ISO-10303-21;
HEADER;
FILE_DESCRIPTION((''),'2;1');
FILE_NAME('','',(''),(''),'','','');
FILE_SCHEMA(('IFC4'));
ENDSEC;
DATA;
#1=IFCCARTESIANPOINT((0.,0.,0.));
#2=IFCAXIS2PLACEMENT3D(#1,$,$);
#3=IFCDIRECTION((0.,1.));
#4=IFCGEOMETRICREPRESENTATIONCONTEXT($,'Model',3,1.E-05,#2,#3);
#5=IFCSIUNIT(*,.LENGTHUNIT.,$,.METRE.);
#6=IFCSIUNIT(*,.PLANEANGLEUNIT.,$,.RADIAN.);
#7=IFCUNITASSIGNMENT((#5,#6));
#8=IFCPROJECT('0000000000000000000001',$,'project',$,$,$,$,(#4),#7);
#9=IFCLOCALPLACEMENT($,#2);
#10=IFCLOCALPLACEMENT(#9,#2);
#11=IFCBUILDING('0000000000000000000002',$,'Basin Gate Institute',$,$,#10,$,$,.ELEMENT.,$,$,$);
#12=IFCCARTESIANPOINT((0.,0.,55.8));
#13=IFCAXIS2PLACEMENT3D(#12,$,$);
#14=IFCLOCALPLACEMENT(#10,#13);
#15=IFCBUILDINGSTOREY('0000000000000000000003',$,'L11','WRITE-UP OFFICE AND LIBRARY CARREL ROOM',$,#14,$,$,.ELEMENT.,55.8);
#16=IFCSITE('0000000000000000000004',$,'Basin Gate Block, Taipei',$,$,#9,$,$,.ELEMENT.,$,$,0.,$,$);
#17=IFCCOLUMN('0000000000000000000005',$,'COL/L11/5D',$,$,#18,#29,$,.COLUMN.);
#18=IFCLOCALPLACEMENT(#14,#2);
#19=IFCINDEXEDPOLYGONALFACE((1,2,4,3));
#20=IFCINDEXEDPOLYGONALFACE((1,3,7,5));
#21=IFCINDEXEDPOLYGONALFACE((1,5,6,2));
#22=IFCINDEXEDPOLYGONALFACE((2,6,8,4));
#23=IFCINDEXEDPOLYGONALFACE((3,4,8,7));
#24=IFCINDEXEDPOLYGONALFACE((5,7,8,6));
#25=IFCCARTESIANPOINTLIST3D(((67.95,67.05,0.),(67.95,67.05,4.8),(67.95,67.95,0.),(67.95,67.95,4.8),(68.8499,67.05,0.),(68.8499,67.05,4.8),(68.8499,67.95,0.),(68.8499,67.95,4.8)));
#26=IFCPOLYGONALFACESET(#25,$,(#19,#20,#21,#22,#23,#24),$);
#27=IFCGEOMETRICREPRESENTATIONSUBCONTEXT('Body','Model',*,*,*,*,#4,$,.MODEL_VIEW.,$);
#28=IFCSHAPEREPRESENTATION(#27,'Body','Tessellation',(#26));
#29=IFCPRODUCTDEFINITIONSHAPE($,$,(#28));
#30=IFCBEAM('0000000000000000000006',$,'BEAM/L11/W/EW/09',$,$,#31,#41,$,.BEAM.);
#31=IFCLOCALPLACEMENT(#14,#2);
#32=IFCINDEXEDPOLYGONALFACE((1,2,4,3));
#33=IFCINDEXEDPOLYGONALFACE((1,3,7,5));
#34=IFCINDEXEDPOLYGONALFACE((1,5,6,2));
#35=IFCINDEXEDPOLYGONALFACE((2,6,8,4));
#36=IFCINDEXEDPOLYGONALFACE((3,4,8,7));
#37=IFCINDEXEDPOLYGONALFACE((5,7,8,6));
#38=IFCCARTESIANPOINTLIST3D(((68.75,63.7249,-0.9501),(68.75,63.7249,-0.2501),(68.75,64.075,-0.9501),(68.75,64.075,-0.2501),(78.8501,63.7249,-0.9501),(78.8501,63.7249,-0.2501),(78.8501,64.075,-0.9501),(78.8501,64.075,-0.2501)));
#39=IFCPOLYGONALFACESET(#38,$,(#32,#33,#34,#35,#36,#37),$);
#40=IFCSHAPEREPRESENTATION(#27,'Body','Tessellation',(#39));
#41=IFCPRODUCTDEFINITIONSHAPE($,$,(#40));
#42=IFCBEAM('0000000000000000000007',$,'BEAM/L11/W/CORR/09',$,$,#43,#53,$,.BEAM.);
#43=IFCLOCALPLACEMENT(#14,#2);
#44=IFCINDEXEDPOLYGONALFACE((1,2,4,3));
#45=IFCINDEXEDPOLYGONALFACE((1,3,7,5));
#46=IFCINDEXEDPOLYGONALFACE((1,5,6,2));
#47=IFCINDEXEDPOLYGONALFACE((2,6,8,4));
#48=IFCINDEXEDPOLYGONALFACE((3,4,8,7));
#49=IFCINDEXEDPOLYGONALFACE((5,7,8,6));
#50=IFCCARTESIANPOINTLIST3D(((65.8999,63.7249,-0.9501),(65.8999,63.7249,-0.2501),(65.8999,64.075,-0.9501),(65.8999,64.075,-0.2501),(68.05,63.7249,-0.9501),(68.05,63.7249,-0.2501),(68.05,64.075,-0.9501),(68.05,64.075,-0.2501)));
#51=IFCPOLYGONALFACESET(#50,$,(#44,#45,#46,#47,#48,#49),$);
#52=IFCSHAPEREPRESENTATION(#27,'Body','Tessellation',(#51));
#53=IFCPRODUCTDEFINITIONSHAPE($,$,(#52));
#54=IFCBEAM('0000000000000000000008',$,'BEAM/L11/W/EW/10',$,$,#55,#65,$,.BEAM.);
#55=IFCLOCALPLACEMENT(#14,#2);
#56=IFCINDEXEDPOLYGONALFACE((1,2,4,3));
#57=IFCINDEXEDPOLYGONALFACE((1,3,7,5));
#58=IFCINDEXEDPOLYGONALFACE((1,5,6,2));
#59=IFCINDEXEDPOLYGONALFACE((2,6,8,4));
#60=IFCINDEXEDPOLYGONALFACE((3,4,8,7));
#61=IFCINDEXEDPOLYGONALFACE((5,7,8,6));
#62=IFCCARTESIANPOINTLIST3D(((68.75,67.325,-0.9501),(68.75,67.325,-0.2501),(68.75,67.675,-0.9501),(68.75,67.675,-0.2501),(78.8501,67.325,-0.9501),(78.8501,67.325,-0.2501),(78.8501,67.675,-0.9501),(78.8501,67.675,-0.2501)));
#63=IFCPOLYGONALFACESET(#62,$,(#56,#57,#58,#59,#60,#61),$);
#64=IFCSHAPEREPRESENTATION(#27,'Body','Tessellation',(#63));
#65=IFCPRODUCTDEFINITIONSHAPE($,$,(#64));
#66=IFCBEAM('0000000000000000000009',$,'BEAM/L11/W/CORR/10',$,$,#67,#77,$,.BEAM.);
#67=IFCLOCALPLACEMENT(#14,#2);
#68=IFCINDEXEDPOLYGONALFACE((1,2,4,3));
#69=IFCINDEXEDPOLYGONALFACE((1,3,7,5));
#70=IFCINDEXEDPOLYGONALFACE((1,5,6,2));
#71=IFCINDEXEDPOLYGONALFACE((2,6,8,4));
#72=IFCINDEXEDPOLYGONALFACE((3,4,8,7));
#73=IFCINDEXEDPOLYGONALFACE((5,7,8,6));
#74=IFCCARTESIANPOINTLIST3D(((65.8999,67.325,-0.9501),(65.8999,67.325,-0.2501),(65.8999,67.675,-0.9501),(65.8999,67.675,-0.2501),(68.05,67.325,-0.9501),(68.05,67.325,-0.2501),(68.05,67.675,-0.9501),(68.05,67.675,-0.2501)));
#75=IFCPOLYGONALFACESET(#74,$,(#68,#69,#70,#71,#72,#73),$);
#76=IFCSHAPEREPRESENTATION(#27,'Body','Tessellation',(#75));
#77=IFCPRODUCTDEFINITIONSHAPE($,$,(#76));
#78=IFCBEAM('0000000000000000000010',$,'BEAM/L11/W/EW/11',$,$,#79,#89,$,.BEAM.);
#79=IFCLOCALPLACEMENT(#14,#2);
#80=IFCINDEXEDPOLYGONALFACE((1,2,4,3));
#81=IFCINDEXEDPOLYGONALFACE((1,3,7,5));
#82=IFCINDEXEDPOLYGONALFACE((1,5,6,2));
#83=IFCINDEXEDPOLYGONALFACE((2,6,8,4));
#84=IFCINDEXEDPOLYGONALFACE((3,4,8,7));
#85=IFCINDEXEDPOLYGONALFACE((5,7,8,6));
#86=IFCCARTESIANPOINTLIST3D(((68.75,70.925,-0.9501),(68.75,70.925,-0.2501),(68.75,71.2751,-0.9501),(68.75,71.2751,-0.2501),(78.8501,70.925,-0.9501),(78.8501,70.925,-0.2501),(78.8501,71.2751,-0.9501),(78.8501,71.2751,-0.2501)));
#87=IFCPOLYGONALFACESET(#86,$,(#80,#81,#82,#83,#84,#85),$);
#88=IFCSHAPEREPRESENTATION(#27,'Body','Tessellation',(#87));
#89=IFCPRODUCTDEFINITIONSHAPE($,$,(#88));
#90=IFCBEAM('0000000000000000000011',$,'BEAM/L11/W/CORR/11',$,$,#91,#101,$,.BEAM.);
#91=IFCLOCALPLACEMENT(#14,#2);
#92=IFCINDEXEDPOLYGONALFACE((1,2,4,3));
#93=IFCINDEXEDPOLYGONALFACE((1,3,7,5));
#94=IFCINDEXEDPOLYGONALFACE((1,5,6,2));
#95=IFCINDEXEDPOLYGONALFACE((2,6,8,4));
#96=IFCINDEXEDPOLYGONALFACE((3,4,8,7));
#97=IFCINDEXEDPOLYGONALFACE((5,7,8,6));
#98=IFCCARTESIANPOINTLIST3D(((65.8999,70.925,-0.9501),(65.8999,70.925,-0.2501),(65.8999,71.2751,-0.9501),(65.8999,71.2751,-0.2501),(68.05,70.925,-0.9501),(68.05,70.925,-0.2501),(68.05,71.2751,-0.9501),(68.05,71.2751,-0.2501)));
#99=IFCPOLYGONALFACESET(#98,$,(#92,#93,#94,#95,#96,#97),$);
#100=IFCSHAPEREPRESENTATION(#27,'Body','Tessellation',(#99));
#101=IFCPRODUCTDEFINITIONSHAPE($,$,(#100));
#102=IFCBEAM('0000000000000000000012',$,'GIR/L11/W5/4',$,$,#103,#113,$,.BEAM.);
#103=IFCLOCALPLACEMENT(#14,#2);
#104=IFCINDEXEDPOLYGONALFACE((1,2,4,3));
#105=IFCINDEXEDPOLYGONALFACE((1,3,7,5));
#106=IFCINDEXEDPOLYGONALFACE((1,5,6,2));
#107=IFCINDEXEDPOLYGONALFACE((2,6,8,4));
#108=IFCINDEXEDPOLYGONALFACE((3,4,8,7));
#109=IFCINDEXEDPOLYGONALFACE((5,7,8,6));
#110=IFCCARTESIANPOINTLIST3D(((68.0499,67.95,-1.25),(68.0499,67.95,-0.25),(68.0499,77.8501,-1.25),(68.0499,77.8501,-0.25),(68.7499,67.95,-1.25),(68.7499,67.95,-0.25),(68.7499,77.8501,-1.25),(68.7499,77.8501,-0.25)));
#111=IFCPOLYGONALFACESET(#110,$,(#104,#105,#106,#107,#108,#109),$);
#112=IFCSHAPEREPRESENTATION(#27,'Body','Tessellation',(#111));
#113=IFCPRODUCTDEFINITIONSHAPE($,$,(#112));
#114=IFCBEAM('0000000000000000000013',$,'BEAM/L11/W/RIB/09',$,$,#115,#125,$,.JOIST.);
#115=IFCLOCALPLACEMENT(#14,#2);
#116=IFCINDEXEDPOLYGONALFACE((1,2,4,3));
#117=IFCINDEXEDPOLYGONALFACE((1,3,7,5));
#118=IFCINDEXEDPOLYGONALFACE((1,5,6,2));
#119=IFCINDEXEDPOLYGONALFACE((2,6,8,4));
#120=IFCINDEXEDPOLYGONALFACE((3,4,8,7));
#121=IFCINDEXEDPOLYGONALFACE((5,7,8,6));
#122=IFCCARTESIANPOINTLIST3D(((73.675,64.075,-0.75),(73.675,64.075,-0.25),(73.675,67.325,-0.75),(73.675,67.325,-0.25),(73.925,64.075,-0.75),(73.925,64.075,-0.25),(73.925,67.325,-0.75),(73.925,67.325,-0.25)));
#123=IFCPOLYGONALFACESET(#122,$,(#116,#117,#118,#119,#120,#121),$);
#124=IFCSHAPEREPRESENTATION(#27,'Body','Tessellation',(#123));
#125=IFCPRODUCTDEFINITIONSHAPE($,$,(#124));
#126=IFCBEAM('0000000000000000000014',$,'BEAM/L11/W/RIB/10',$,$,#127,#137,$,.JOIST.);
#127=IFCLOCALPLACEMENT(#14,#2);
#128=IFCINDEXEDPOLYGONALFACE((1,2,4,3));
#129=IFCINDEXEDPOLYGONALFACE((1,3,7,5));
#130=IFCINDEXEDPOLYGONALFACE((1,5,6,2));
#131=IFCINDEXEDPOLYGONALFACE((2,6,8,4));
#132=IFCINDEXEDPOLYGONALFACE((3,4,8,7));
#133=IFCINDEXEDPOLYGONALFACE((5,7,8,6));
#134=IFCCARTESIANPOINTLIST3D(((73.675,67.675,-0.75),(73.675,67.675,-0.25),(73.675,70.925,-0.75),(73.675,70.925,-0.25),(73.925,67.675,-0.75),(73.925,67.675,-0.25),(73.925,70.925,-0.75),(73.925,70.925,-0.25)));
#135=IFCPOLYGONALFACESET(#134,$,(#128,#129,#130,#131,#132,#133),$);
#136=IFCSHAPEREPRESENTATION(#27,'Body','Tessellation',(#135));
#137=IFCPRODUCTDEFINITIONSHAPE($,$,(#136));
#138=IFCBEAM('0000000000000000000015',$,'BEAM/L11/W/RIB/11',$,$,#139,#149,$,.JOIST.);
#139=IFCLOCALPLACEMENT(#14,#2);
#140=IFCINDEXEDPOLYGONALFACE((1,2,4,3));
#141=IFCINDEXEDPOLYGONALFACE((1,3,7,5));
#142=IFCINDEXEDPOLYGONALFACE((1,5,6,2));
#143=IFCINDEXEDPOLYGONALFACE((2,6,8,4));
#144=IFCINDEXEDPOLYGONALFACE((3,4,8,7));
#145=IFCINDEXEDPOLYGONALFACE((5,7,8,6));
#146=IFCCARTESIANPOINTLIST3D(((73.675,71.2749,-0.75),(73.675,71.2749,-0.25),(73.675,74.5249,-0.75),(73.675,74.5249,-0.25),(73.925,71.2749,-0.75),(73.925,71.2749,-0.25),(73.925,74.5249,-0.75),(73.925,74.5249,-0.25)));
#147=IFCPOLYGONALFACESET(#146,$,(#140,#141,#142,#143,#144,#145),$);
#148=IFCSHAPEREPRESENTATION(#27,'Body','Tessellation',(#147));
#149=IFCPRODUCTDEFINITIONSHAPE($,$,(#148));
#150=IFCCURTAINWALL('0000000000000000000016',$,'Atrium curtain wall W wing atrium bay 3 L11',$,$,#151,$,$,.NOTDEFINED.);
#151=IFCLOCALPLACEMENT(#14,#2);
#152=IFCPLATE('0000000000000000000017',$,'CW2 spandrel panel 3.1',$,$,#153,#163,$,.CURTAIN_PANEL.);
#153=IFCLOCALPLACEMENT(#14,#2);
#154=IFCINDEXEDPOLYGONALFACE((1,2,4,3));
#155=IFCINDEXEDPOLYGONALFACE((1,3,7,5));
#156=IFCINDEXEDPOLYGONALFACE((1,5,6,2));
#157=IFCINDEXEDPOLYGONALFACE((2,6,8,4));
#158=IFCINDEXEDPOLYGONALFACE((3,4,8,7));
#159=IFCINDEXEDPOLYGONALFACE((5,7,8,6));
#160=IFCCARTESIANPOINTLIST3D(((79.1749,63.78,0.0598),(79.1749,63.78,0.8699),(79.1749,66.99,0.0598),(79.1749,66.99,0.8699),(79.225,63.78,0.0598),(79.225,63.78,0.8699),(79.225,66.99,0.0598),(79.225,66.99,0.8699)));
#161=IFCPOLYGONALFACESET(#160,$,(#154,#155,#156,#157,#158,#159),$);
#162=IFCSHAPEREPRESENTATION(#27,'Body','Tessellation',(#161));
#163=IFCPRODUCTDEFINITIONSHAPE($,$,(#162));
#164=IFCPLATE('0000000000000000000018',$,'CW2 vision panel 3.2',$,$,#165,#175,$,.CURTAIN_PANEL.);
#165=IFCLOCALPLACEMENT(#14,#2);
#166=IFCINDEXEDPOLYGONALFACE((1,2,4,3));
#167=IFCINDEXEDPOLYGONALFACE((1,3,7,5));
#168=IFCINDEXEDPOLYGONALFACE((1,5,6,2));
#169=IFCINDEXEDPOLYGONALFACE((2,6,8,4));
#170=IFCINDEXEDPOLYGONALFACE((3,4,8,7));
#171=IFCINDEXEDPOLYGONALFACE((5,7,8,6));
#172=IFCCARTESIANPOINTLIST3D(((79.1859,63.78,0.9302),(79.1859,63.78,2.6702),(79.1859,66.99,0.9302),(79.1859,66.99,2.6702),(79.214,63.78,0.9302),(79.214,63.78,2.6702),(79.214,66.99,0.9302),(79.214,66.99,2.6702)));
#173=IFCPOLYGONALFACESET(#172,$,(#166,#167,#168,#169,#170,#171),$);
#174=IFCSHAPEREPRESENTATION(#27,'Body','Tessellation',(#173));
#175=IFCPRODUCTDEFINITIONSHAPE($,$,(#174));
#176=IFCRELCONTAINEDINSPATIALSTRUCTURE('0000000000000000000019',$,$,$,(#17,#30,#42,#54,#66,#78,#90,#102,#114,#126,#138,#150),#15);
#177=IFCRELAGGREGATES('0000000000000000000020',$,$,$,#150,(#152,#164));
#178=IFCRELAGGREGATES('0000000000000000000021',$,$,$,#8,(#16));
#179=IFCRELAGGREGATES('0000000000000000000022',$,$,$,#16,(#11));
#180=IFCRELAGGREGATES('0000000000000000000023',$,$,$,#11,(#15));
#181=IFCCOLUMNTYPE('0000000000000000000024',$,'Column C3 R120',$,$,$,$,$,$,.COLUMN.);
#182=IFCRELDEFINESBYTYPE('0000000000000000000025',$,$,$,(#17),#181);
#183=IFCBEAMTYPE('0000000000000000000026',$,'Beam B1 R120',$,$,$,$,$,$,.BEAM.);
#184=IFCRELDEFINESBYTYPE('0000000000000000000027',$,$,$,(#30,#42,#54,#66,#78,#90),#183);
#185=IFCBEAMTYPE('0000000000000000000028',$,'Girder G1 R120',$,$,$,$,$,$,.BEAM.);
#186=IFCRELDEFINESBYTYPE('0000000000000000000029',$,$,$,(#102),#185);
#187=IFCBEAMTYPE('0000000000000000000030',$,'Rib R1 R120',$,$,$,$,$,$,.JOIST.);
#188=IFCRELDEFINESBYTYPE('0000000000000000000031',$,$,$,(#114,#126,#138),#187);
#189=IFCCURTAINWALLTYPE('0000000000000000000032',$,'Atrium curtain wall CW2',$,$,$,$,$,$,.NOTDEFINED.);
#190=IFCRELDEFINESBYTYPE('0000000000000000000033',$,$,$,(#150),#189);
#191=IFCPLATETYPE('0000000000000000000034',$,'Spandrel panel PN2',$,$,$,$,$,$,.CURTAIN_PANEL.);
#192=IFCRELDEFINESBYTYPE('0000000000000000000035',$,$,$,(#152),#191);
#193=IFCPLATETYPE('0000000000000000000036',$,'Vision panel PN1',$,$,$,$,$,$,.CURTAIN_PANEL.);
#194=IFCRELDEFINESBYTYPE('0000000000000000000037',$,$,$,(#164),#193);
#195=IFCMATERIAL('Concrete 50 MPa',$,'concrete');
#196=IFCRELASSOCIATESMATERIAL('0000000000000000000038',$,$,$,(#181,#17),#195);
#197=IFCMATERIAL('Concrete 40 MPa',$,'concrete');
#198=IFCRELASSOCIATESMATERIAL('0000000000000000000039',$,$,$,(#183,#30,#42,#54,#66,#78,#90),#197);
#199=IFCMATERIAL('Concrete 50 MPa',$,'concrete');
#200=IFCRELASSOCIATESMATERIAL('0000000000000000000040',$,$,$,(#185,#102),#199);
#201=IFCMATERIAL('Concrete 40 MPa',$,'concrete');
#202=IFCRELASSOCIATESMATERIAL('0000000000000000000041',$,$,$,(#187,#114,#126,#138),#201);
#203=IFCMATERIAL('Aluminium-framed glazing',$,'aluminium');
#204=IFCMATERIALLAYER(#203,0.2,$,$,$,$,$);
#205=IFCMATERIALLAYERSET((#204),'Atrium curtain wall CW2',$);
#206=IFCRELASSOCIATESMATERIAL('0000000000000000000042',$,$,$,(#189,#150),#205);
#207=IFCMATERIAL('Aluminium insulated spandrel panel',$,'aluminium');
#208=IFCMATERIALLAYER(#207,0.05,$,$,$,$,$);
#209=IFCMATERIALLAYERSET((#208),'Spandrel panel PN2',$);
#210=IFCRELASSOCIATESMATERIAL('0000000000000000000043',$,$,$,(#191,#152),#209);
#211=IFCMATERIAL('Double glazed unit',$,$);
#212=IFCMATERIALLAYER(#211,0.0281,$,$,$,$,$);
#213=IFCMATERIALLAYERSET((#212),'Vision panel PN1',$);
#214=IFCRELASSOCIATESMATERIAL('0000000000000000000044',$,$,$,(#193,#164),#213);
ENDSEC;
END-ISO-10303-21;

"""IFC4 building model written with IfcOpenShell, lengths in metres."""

from ifc_helpers import new_model, si_unit, direction, frame, origin, origin_2d, place, context, subcontext, project, spatial, rectangle, extrude, material, layer, layer_set, material_profile, profile_set, type_object, element, aggregate, save


model = new_model("IFC4")

# Units and contexts
model_context = context("Model", 3, precision=1e-05, world=origin(), true_north=direction((0.0, 1.0)))
body_context = subcontext(model_context, "Body", "Model", "MODEL_VIEW")
ifc_project = project(units=[si_unit("LENGTHUNIT", "METRE"), si_unit("PLANEANGLEUNIT", "RADIAN")], contexts=[model_context])

# Site, building, storey
site_placement = place(None, origin())
site = spatial("IfcSite", under=ifc_project, at=site_placement, Name="Basin Gate Block, Taipei", CompositionType="ELEMENT", RefElevation=0.0)
building_placement = place(site_placement, origin())
building = spatial("IfcBuilding", under=site, at=building_placement, Name="Basin Gate Institute", CompositionType="ELEMENT")
storey_placement = place(building_placement, frame((0.0, 0.0, 55.8)))
storey = spatial("IfcBuildingStorey", under=building, at=storey_placement, Name="L11", Description="WRITE-UP OFFICE AND LIBRARY CARREL ROOM", CompositionType="ELEMENT", Elevation=55.8)

# Column
ifc_material_1 = material(Name="Concrete 50 MPa", Category="concrete")
ifc_material_profile_1 = material_profile(ifc_material_1, rectangle(XDim=0.8999, YDim=0.8999, at=origin_2d()), Name="Column C3 900 x 900")
ifc_profile_set_1 = profile_set([ifc_material_profile_1], Name="Concrete 50 MPa")
column_type = type_object("IfcColumnType", Name="Column C3 R120", PredefinedType="COLUMN", material=ifc_profile_set_1)
column_placement = place(storey_placement, frame((68.3999, 67.5, 0.0), z_axis=(0.0, 0.0, 1.0), x_axis=(1.0, 0.0, 0.0)))
element("IfcColumn", 1, at=column_placement, inside=storey, type_object=column_type, material=ifc_profile_set_1, Name="COL/L11/5D", PredefinedType="COLUMN", context=body_context, shape_type="SweptSolid", body=[
    extrude(rectangle(XDim=0.8999, YDim=0.8999, at=origin_2d()), origin(), (0.0, 0.0, 1.0), 4.8),
])

# Beams
ifc_material_2 = material(Name="Concrete 40 MPa", Category="concrete")
ifc_material_profile_2 = material_profile(ifc_material_2, rectangle(XDim=0.3501, YDim=0.7, at=origin_2d()), Name="Beam B1 350 x 700")
ifc_profile_set_2 = profile_set([ifc_material_profile_2], Name="Concrete 40 MPa")
beam_type_1 = type_object("IfcBeamType", Name="Beam B1 R120", PredefinedType="BEAM", material=ifc_profile_set_2)
beam_1_placement = place(storey_placement, frame((68.75, 63.8999, -0.6001), z_axis=(1.0, 0.0, 0.0), x_axis=(0.0, 1.0, 0.0)))
element("IfcBeam", 2, at=beam_1_placement, inside=storey, type_object=beam_type_1, material=ifc_profile_set_2, Name="BEAM/L11/W/EW/09", PredefinedType="BEAM", context=body_context, shape_type="SweptSolid", body=[
    extrude(rectangle(XDim=0.3501, YDim=0.7, at=origin_2d()), origin(), (0.0, 0.0, 1.0), 10.1001),
])
beam_2_placement = place(storey_placement, frame((65.8999, 63.8999, -0.6001), z_axis=(1.0, 0.0, 0.0), x_axis=(0.0, 1.0, 0.0)))
element("IfcBeam", 3, at=beam_2_placement, inside=storey, type_object=beam_type_1, material=ifc_profile_set_2, Name="BEAM/L11/W/CORR/09", PredefinedType="BEAM", context=body_context, shape_type="SweptSolid", body=[
    extrude(rectangle(XDim=0.3501, YDim=0.7, at=origin_2d()), origin(), (0.0, 0.0, 1.0), 2.1501),
])
beam_3_placement = place(storey_placement, frame((68.75, 67.5, -0.6001), z_axis=(1.0, 0.0, 0.0), x_axis=(0.0, 1.0, 0.0)))
element("IfcBeam", 4, at=beam_3_placement, inside=storey, type_object=beam_type_1, material=ifc_profile_set_2, Name="BEAM/L11/W/EW/10", PredefinedType="BEAM", context=body_context, shape_type="SweptSolid", body=[
    extrude(rectangle(XDim=0.3501, YDim=0.7, at=origin_2d()), origin(), (0.0, 0.0, 1.0), 10.1001),
])
beam_4_placement = place(storey_placement, frame((65.8999, 67.5, -0.6001), z_axis=(1.0, 0.0, 0.0), x_axis=(0.0, 1.0, 0.0)))
element("IfcBeam", 5, at=beam_4_placement, inside=storey, type_object=beam_type_1, material=ifc_profile_set_2, Name="BEAM/L11/W/CORR/10", PredefinedType="BEAM", context=body_context, shape_type="SweptSolid", body=[
    extrude(rectangle(XDim=0.3501, YDim=0.7, at=origin_2d()), origin(), (0.0, 0.0, 1.0), 2.1501),
])
beam_5_placement = place(storey_placement, frame((68.75, 71.1001, -0.6001), z_axis=(1.0, 0.0, 0.0), x_axis=(0.0, 1.0, 0.0)))
element("IfcBeam", 6, at=beam_5_placement, inside=storey, type_object=beam_type_1, material=ifc_profile_set_2, Name="BEAM/L11/W/EW/11", PredefinedType="BEAM", context=body_context, shape_type="SweptSolid", body=[
    extrude(rectangle(XDim=0.3501, YDim=0.7, at=origin_2d()), origin(), (0.0, 0.0, 1.0), 10.1001),
])
beam_6_placement = place(storey_placement, frame((65.8999, 71.1001, -0.6001), z_axis=(1.0, 0.0, 0.0), x_axis=(0.0, 1.0, 0.0)))
element("IfcBeam", 7, at=beam_6_placement, inside=storey, type_object=beam_type_1, material=ifc_profile_set_2, Name="BEAM/L11/W/CORR/11", PredefinedType="BEAM", context=body_context, shape_type="SweptSolid", body=[
    extrude(rectangle(XDim=0.3501, YDim=0.7, at=origin_2d()), origin(), (0.0, 0.0, 1.0), 2.1501),
])
ifc_material_3 = material(Name="Concrete 50 MPa", Category="concrete")
ifc_material_profile_3 = material_profile(ifc_material_3, rectangle(XDim=0.7, YDim=1.0, at=origin_2d()), Name="Girder G1 700 x 1000")
ifc_profile_set_3 = profile_set([ifc_material_profile_3], Name="Concrete 50 MPa")
beam_type_2 = type_object("IfcBeamType", Name="Girder G1 R120", PredefinedType="BEAM", material=ifc_profile_set_3)
beam_7_placement = place(storey_placement, frame((68.3999, 67.95, -0.75), z_axis=(0.0, 1.0, 0.0), x_axis=(-1.0, 0.0, 0.0)))
element("IfcBeam", 8, at=beam_7_placement, inside=storey, type_object=beam_type_2, material=ifc_profile_set_3, Name="GIR/L11/W5/4", PredefinedType="BEAM", context=body_context, shape_type="SweptSolid", body=[
    extrude(rectangle(XDim=0.7, YDim=1.0, at=origin_2d()), origin(), (0.0, 0.0, 1.0), 9.9001),
])
ifc_material_4 = material(Name="Concrete 40 MPa", Category="concrete")
ifc_material_profile_4 = material_profile(ifc_material_4, rectangle(XDim=0.25, YDim=0.5, at=origin_2d()), Name="Rib R1 250 x 500")
ifc_profile_set_4 = profile_set([ifc_material_profile_4], Name="Concrete 40 MPa")
beam_type_3 = type_object("IfcBeamType", Name="Rib R1 R120", PredefinedType="JOIST", material=ifc_profile_set_4)
for number, where, z_axis, x_axis, name in (
    (9, (73.8, 64.075, -0.5), (0.0, 1.0, 0.0), (-1.0, 0.0, 0.0), "BEAM/L11/W/RIB/09"),
    (10, (73.8, 67.675, -0.5), (0.0, 1.0, 0.0), (-1.0, 0.0, 0.0), "BEAM/L11/W/RIB/10"),
    (11, (73.8, 71.2749, -0.5), (0.0, 1.0, 0.0), (-1.0, 0.0, 0.0), "BEAM/L11/W/RIB/11"),
):
    element("IfcBeam", number, at=place(storey_placement, frame(where, z_axis=z_axis, x_axis=x_axis)), inside=storey, type_object=beam_type_3, material=ifc_profile_set_4, Name=name, PredefinedType="JOIST", context=body_context, shape_type="SweptSolid", body=[
        extrude(rectangle(XDim=0.25, YDim=0.5, at=origin_2d()), origin(), (0.0, 0.0, 1.0), 3.25),
    ])

# Curtain wall, plates
ifc_material_5 = material(Name="Aluminium-framed glazing", Category="aluminium")
ifc_layer_1 = layer(ifc_material_5, 0.2)
ifc_layer_set_1 = layer_set([ifc_layer_1], Name="Atrium curtain wall CW2")
curtain_wall_type = type_object("IfcCurtainWallType", Name="Atrium curtain wall CW2", PredefinedType="NOTDEFINED", material=ifc_layer_set_1)
curtain_wall_placement = place(storey_placement, origin())
curtain_wall = element("IfcCurtainWall", 12, at=curtain_wall_placement, inside=storey, type_object=curtain_wall_type, material=ifc_layer_set_1, Name="Atrium curtain wall W wing atrium bay 3 L11", PredefinedType="NOTDEFINED")
ifc_material_6 = material(Name="Aluminium insulated spandrel panel", Category="aluminium")
ifc_layer_2 = layer(ifc_material_6, 0.05)
ifc_layer_set_2 = layer_set([ifc_layer_2], Name="Spandrel panel PN2")
plate_type_1 = type_object("IfcPlateType", Name="Spandrel panel PN2", PredefinedType="CURTAIN_PANEL", material=ifc_layer_set_2)
plate_1_placement = place(storey_placement, frame((79.2, 65.385, 0.0598), z_axis=(0.0, 0.0, 1.0), x_axis=(0.0, 1.0, 0.0)))
plate_1 = element("IfcPlate", 13, at=plate_1_placement, type_object=plate_type_1, material=ifc_layer_set_2, Name="CW2 spandrel panel 3.1", PredefinedType="CURTAIN_PANEL", context=body_context, shape_type="SweptSolid", body=[
    extrude(rectangle(XDim=3.21, YDim=0.05, at=origin_2d()), origin(), (0.0, 0.0, 1.0), 0.8101),
])
ifc_material_7 = material(Name="Double glazed unit")
ifc_layer_3 = layer(ifc_material_7, 0.0281)
ifc_layer_set_3 = layer_set([ifc_layer_3], Name="Vision panel PN1")
plate_type_2 = type_object("IfcPlateType", Name="Vision panel PN1", PredefinedType="CURTAIN_PANEL", material=ifc_layer_set_3)
plate_2_placement = place(storey_placement, frame((79.2, 65.385, 0.9302), z_axis=(0.0, 0.0, 1.0), x_axis=(0.0, 1.0, 0.0)))
plate_2 = element("IfcPlate", 14, at=plate_2_placement, type_object=plate_type_2, material=ifc_layer_set_3, Name="CW2 vision panel 3.2", PredefinedType="CURTAIN_PANEL", context=body_context, shape_type="SweptSolid", body=[
    extrude(rectangle(XDim=3.21, YDim=0.0281, at=origin_2d()), origin(), (0.0, 0.0, 1.0), 1.74),
])
aggregate(curtain_wall, [plate_1, plate_2])

save(model, "model.ifc")
